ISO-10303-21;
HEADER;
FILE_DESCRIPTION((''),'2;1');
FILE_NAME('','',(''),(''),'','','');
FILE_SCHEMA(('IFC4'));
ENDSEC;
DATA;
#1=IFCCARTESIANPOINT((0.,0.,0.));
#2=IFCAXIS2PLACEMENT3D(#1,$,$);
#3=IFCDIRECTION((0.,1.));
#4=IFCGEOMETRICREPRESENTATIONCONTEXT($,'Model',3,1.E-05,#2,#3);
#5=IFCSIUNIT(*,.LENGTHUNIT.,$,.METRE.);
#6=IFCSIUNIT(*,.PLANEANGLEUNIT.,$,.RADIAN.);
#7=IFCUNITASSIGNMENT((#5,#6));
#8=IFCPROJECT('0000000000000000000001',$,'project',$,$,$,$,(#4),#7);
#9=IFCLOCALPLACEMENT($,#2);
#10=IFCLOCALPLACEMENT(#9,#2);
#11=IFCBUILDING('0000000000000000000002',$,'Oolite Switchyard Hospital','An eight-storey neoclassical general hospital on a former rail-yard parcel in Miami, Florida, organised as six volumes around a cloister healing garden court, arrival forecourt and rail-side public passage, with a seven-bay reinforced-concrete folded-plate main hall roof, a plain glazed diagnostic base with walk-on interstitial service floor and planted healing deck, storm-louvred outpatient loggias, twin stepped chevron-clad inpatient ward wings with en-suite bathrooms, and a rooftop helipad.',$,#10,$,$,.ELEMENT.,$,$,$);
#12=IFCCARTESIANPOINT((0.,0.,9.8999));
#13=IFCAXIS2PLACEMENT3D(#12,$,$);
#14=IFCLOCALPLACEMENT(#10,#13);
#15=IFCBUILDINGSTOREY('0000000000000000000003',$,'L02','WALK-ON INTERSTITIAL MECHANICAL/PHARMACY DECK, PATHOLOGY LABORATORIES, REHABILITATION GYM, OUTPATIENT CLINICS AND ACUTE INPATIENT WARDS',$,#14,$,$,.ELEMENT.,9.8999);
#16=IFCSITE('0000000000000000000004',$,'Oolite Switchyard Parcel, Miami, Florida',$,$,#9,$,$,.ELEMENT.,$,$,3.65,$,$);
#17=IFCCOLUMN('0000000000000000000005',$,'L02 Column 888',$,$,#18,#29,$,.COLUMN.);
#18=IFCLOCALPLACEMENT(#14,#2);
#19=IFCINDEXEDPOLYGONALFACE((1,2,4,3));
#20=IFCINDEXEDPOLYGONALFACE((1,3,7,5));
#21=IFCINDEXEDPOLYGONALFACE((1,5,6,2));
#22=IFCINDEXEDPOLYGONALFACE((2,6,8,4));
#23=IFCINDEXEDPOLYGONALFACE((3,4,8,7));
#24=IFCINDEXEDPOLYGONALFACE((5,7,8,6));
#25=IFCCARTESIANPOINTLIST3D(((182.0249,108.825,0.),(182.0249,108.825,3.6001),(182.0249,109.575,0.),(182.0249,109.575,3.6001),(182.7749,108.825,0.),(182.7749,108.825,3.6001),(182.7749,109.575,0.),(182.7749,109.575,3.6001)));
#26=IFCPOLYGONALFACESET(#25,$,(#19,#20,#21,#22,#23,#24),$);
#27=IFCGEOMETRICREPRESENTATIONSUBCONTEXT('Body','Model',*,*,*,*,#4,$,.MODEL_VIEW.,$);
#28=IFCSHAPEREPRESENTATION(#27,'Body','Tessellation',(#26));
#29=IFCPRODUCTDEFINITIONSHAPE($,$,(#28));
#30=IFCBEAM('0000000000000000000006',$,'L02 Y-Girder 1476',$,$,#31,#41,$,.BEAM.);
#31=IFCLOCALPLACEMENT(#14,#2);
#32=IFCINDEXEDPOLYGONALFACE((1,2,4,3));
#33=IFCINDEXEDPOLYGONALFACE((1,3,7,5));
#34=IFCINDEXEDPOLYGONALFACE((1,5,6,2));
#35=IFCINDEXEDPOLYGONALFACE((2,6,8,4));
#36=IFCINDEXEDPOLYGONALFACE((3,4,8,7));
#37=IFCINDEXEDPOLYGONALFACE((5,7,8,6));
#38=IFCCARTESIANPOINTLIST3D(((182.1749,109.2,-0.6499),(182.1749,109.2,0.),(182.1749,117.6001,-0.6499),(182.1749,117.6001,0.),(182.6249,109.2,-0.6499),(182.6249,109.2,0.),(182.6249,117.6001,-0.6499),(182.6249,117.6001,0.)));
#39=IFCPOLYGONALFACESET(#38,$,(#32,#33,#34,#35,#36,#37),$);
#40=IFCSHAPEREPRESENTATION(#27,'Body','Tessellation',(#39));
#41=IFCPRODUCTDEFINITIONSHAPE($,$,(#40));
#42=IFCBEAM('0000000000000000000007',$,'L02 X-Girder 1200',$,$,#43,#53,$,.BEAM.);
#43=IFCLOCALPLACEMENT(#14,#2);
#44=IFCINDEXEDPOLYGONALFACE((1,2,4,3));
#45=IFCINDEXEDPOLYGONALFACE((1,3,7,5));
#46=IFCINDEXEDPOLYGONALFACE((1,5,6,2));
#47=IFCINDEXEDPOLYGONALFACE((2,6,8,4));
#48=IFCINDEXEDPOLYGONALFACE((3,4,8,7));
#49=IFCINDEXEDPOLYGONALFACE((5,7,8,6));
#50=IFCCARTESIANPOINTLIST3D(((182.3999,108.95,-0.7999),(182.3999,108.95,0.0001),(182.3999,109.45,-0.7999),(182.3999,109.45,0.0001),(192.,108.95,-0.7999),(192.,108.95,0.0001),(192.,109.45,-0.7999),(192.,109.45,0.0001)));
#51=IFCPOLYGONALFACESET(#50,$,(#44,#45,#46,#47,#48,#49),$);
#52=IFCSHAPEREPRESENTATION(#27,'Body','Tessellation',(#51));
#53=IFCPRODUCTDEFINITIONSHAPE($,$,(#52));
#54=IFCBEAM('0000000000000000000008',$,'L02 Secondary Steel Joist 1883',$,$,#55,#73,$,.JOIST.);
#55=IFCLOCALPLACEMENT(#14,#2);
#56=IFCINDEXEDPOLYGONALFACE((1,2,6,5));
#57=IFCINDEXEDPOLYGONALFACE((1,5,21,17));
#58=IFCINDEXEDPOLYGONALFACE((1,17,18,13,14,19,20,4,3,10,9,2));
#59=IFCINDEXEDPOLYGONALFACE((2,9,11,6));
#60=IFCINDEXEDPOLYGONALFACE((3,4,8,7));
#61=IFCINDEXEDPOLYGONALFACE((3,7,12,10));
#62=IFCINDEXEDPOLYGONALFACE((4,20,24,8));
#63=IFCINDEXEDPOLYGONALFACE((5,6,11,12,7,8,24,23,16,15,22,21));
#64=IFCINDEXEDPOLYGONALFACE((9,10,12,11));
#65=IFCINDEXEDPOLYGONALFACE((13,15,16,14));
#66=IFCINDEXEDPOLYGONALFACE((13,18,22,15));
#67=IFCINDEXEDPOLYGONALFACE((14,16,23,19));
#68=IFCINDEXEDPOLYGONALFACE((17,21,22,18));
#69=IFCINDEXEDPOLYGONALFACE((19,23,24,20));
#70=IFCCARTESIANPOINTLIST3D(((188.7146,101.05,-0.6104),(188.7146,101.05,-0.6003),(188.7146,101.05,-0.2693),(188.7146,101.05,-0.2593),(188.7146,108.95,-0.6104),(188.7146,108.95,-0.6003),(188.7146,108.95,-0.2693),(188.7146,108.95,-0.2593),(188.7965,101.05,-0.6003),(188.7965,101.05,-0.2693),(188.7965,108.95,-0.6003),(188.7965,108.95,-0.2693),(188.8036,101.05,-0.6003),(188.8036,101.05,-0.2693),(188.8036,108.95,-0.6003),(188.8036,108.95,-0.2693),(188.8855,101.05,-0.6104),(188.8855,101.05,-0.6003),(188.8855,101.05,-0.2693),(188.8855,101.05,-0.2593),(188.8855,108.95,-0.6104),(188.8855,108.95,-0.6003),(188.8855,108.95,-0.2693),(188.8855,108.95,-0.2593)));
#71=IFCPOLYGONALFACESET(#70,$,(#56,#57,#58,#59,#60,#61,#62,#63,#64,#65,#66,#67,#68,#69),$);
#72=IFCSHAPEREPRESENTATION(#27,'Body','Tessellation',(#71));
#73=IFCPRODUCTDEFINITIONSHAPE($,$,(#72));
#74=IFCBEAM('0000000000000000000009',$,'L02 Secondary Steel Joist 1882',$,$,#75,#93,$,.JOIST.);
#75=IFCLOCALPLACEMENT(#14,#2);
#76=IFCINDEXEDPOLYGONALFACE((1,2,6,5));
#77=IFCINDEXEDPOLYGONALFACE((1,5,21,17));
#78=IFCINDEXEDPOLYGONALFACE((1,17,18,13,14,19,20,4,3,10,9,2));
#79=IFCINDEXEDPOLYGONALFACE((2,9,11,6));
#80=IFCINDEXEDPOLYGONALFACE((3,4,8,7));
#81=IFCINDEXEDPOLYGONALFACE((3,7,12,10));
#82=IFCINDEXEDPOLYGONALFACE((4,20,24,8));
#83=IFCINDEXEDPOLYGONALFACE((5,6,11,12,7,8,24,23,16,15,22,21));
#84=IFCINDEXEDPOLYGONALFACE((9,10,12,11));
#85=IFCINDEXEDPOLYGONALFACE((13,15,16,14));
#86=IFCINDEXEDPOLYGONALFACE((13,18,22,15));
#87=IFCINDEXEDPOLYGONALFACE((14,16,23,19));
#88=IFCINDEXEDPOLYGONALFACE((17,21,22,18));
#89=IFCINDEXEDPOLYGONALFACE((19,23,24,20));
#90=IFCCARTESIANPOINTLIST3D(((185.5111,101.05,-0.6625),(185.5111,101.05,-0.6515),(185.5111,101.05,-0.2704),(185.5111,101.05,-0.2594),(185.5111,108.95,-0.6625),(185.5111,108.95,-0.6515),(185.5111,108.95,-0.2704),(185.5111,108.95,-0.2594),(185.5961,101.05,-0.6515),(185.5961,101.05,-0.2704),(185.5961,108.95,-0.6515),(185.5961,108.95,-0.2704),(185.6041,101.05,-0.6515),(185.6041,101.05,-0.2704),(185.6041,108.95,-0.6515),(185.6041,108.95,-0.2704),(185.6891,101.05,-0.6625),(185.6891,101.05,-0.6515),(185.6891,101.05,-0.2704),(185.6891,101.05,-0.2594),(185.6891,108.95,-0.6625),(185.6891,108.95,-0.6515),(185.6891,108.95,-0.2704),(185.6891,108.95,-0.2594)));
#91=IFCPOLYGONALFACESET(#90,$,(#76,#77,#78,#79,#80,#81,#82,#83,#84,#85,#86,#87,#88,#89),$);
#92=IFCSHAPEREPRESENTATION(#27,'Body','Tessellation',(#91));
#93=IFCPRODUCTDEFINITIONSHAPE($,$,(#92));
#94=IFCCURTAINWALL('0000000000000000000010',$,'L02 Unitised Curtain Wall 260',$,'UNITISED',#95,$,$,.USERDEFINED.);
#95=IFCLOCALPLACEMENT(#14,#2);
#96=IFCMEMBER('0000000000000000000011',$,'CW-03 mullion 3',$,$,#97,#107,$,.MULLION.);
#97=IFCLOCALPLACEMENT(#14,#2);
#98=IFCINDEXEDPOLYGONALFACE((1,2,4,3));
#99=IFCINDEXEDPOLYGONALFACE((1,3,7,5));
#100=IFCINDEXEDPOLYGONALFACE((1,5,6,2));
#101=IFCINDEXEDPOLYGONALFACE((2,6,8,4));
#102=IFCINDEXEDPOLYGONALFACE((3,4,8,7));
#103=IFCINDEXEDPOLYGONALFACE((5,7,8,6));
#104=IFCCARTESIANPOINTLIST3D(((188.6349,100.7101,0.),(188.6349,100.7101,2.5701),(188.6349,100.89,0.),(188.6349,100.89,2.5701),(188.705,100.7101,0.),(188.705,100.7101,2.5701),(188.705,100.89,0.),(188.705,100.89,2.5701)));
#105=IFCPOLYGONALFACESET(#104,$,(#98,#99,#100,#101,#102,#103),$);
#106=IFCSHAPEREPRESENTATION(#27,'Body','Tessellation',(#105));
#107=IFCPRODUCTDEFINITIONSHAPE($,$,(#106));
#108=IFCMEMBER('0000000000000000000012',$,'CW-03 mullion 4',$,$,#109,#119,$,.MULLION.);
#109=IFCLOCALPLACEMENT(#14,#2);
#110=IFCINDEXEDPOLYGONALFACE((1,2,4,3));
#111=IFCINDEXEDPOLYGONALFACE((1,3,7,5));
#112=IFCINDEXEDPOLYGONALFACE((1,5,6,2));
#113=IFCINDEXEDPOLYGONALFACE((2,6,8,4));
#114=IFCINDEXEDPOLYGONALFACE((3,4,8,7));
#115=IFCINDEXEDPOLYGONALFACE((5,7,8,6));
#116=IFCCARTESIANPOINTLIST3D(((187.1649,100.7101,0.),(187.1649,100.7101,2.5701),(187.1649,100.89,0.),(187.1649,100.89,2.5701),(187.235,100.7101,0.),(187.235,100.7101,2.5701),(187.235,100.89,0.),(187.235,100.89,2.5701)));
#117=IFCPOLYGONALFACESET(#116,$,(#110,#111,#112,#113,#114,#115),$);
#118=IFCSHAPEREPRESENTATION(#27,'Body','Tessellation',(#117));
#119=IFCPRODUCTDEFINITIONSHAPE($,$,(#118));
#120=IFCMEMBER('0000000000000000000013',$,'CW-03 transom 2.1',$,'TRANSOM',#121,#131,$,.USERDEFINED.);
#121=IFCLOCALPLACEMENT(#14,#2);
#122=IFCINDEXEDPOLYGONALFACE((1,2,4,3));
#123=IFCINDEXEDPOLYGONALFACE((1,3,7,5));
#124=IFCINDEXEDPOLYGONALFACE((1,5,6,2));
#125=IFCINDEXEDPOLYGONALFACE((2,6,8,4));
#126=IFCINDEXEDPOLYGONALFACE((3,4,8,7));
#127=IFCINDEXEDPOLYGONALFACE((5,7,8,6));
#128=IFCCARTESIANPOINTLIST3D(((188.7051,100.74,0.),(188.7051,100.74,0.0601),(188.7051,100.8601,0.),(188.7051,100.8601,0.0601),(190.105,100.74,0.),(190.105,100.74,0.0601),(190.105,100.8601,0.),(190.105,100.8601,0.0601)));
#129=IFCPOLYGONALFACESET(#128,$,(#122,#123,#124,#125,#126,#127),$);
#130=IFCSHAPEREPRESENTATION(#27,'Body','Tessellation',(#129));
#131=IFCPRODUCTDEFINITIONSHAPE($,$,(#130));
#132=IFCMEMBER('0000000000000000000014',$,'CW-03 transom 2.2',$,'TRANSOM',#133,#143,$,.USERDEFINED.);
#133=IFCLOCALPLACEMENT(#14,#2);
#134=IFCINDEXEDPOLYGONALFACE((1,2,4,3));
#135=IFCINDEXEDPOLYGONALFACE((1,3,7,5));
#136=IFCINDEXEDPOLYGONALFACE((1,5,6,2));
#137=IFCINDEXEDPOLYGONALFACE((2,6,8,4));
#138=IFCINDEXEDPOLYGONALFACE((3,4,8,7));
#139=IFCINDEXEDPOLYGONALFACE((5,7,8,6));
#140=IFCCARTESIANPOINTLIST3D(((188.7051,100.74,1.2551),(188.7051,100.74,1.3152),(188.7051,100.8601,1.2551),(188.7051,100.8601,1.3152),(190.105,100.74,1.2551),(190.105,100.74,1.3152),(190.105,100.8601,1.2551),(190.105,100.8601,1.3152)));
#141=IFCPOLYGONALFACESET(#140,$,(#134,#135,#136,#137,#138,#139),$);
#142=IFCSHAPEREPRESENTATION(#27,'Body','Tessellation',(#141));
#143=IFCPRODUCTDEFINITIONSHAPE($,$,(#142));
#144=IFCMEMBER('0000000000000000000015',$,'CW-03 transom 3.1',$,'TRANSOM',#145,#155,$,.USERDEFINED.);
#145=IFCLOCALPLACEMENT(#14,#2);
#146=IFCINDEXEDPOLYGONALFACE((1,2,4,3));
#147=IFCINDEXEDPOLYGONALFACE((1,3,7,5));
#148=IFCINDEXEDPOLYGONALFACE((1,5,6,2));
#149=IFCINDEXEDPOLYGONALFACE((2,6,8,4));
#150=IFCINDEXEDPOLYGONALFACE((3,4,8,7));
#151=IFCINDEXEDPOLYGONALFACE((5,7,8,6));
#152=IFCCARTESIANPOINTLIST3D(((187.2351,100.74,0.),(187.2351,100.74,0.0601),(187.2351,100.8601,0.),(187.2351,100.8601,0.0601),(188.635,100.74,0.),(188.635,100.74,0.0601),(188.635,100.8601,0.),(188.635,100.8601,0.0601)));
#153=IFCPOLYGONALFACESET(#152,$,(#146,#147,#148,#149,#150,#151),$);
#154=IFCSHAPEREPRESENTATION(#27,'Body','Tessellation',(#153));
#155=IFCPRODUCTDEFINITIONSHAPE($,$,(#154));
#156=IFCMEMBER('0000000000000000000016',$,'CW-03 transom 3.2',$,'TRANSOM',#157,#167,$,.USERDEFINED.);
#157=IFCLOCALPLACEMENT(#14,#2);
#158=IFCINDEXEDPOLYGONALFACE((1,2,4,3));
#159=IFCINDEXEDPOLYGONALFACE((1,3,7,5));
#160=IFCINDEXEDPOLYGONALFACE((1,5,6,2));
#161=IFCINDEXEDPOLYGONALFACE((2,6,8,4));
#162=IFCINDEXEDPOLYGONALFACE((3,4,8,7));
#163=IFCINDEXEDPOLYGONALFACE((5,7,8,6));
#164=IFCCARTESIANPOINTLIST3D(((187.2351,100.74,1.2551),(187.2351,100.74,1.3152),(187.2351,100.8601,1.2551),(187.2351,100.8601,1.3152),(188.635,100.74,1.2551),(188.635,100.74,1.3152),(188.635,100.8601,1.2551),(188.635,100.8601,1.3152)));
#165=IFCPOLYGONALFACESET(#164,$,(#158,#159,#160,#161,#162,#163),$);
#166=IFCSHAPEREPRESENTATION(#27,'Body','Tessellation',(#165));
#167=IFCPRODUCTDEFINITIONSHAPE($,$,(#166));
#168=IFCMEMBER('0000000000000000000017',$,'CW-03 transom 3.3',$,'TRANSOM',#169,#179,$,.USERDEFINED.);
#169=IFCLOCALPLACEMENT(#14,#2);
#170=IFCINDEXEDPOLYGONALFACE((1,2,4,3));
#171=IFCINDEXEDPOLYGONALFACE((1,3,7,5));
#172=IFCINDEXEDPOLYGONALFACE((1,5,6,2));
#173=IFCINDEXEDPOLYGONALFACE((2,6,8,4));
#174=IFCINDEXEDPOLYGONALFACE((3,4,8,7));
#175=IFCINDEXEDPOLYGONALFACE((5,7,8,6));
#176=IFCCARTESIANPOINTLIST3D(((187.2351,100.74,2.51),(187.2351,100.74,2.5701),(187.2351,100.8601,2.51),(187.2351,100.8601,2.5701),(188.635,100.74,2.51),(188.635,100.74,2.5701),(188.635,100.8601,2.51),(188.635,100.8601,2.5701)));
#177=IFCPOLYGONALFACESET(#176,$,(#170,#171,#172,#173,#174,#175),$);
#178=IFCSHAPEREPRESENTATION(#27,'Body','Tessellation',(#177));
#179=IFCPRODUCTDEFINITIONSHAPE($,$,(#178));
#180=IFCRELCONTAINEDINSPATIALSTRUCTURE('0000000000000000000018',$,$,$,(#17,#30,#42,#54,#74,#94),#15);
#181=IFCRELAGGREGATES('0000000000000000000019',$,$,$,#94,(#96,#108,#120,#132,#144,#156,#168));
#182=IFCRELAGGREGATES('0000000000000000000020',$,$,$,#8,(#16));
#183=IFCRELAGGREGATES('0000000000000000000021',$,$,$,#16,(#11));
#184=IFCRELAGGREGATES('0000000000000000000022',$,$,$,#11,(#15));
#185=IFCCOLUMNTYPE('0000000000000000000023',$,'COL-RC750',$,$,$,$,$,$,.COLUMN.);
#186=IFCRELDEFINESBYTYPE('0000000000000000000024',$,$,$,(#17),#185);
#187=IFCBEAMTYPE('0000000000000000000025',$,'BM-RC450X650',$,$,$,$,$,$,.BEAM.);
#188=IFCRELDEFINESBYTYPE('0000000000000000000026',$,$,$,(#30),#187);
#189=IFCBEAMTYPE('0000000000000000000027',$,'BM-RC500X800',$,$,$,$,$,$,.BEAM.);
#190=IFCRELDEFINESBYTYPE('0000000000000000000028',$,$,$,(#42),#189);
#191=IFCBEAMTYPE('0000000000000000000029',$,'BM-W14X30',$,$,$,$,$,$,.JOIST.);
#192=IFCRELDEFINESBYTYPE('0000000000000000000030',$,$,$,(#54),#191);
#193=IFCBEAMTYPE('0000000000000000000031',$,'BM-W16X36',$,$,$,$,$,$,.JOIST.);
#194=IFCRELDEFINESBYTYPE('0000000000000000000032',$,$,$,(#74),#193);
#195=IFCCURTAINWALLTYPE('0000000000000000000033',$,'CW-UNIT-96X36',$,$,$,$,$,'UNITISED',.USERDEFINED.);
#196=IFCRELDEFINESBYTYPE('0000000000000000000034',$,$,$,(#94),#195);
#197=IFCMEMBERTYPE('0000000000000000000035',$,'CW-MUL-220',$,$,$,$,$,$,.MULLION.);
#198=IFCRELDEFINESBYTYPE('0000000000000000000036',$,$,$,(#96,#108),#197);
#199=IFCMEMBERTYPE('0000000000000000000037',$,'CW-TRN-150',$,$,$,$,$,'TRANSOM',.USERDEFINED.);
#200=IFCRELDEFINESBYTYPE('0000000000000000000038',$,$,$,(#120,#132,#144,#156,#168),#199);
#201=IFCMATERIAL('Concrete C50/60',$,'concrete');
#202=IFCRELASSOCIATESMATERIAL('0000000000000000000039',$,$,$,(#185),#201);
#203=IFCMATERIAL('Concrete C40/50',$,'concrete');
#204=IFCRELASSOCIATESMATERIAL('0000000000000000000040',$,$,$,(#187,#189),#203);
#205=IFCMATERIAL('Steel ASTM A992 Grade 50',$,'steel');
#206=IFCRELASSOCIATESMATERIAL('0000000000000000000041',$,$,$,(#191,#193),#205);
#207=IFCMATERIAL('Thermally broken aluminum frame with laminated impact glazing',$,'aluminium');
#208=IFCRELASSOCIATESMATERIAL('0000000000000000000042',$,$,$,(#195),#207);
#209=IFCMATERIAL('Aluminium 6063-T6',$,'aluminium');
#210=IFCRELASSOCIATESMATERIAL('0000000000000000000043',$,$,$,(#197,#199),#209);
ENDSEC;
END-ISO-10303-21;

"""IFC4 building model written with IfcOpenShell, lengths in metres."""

from ifc_helpers import new_model, si_unit, direction, frame, origin, origin_2d, place, context, subcontext, project, spatial, rectangle, i_section, extrude, material, material_profile, profile_set, type_object, element, aggregate, save


model = new_model("IFC4")

# Units and contexts
model_context = context("Model", 3, precision=1e-05, world=origin(), true_north=direction((0.0, 1.0)))
body_context = subcontext(model_context, "Body", "Model", "MODEL_VIEW")
ifc_project = project(units=[si_unit("LENGTHUNIT", "METRE"), si_unit("PLANEANGLEUNIT", "RADIAN")], contexts=[model_context])

# Site, building, storey
site_placement = place(None, origin())
site = spatial("IfcSite", under=ifc_project, at=site_placement, Name="Oolite Switchyard Parcel, Miami, Florida", CompositionType="ELEMENT", RefElevation=3.65)
building_placement = place(site_placement, origin())
building = spatial("IfcBuilding", under=site, at=building_placement, Name="Oolite Switchyard Hospital", Description="An eight-storey neoclassical general hospital on a former rail-yard parcel in Miami, Florida, organised as six volumes around a cloister healing garden court, arrival forecourt and rail-side public passage, with a seven-bay reinforced-concrete folded-plate main hall roof, a plain glazed diagnostic base with walk-on interstitial service floor and planted healing deck, storm-louvred outpatient loggias, twin stepped chevron-clad inpatient ward wings with en-suite bathrooms, and a rooftop helipad.", CompositionType="ELEMENT")
storey_placement = place(building_placement, frame((0.0, 0.0, 9.8999)))
storey = spatial("IfcBuildingStorey", under=building, at=storey_placement, Name="L02", Description="WALK-ON INTERSTITIAL MECHANICAL/PHARMACY DECK, PATHOLOGY LABORATORIES, REHABILITATION GYM, OUTPATIENT CLINICS AND ACUTE INPATIENT WARDS", CompositionType="ELEMENT", Elevation=9.8999)

# Column
ifc_material_1 = material(Name="Concrete C50/60", Category="concrete")
ifc_material_profile_1 = material_profile(ifc_material_1, rectangle(XDim=0.75, YDim=0.75, at=origin_2d()), Name="RC750X750")
ifc_profile_set_1 = profile_set([ifc_material_profile_1], Name="Concrete C50/60")
column_type = type_object("IfcColumnType", Name="COL-RC750", PredefinedType="COLUMN", material=ifc_profile_set_1)
column_placement = place(storey_placement, frame((182.3999, 109.2, 0.0), z_axis=(0.0, 0.0, 1.0), x_axis=(1.0, 0.0, 0.0)))
element("IfcColumn", 1, at=column_placement, inside=storey, type_object=column_type, Name="L02 Column 888", PredefinedType="COLUMN", context=body_context, shape_type="SweptSolid", body=[
    extrude(rectangle(XDim=0.75, YDim=0.75, at=origin_2d()), origin(), (0.0, 0.0, 1.0), 3.6001),
])

# Beams
ifc_material_2 = material(Name="Concrete C40/50", Category="concrete")
ifc_material_profile_2 = material_profile(ifc_material_2, rectangle(XDim=0.45, YDim=0.6499, at=origin_2d()), Name="RCB450X650")
ifc_profile_set_2 = profile_set([ifc_material_profile_2], Name="Concrete C40/50")
beam_type_1 = type_object("IfcBeamType", Name="BM-RC450X650", PredefinedType="BEAM", material=ifc_profile_set_2)
beam_1_placement = place(storey_placement, frame((182.3999, 109.2, -0.325), z_axis=(0.0, 1.0, 0.0), x_axis=(-1.0, 0.0, 0.0)))
element("IfcBeam", 2, at=beam_1_placement, inside=storey, type_object=beam_type_1, Name="L02 Y-Girder 1476", PredefinedType="BEAM", context=body_context, shape_type="SweptSolid", body=[
    extrude(rectangle(XDim=0.45, YDim=0.6499, at=origin_2d()), origin(), (0.0, 0.0, 1.0), 8.4001),
])
ifc_material_profile_3 = material_profile(ifc_material_2, rectangle(XDim=0.5, YDim=0.8, at=origin_2d()), Name="RCB500X800")
ifc_profile_set_3 = profile_set([ifc_material_profile_3], Name="Concrete C40/50")
beam_type_2 = type_object("IfcBeamType", Name="BM-RC500X800", PredefinedType="BEAM", material=ifc_profile_set_3)
beam_2_placement = place(storey_placement, frame((182.3999, 109.2, -0.3999), z_axis=(1.0, 0.0, 0.0), x_axis=(0.0, 1.0, 0.0)))
element("IfcBeam", 3, at=beam_2_placement, inside=storey, type_object=beam_type_2, Name="L02 X-Girder 1200", PredefinedType="BEAM", context=body_context, shape_type="SweptSolid", body=[
    extrude(rectangle(XDim=0.5, YDim=0.8, at=origin_2d()), origin(), (0.0, 0.0, 1.0), 9.6001),
])
ifc_material_3 = material(Name="Steel ASTM A992 Grade 50", Category="steel")
ifc_material_profile_4 = material_profile(ifc_material_3, i_section(OverallWidth=0.1709, OverallDepth=0.3511, WebThickness=0.0071, FlangeThickness=0.01, at=origin_2d()), Name="W14X30")
ifc_profile_set_4 = profile_set([ifc_material_profile_4], Name="Steel ASTM A992 Grade 50")
beam_type_3 = type_object("IfcBeamType", Name="BM-W14X30", PredefinedType="JOIST", material=ifc_profile_set_4)
beam_3_placement = place(storey_placement, frame((188.8, 101.05, -0.4348), z_axis=(0.0, 1.0, 0.0), x_axis=(-1.0, 0.0, 0.0)))
element("IfcBeam", 4, at=beam_3_placement, inside=storey, type_object=beam_type_3, Name="L02 Secondary Steel Joist 1883", PredefinedType="JOIST", context=body_context, shape_type="SweptSolid", body=[
    extrude(i_section(OverallWidth=0.1709, OverallDepth=0.3511, WebThickness=0.0071, FlangeThickness=0.01, at=origin_2d()), origin(), (0.0, 0.0, 1.0), 7.8999),
])
ifc_material_profile_5 = material_profile(ifc_material_3, i_section(OverallWidth=0.178, OverallDepth=0.4031, WebThickness=0.0081, FlangeThickness=0.011, at=origin_2d()), Name="W16X36")
ifc_profile_set_5 = profile_set([ifc_material_profile_5], Name="Steel ASTM A992 Grade 50")
beam_type_4 = type_object("IfcBeamType", Name="BM-W16X36", PredefinedType="JOIST", material=ifc_profile_set_5)
beam_4_placement = place(storey_placement, frame((185.6001, 101.05, -0.4609), z_axis=(0.0, 1.0, 0.0), x_axis=(-1.0, 0.0, 0.0)))
element("IfcBeam", 5, at=beam_4_placement, inside=storey, type_object=beam_type_4, Name="L02 Secondary Steel Joist 1882", PredefinedType="JOIST", context=body_context, shape_type="SweptSolid", body=[
    extrude(i_section(OverallWidth=0.178, OverallDepth=0.4031, WebThickness=0.0081, FlangeThickness=0.011, at=origin_2d()), origin(), (0.0, 0.0, 1.0), 7.8999),
])

# Curtain wall, members
ifc_material_4 = material(Name="Thermally broken aluminum frame with laminated impact glazing", Category="aluminium")
curtain_wall_type = type_object("IfcCurtainWallType", Name="CW-UNIT-96X36", ElementType="UNITISED", PredefinedType="USERDEFINED", material=ifc_material_4)
curtain_wall_placement = place(storey_placement, origin())
curtain_wall = element("IfcCurtainWall", 6, at=curtain_wall_placement, inside=storey, type_object=curtain_wall_type, Name="L02 Unitised Curtain Wall 260", ObjectType="UNITISED", PredefinedType="USERDEFINED")
ifc_material_5 = material(Name="Aluminium 6063-T6", Category="aluminium")
ifc_material_profile_6 = material_profile(ifc_material_5, rectangle(XDim=0.1799, YDim=0.0701, at=origin_2d()), Name="CWM70X180")
ifc_profile_set_6 = profile_set([ifc_material_profile_6], Name="Aluminium 6063-T6")
member_type_1 = type_object("IfcMemberType", Name="CW-MUL-220", PredefinedType="MULLION", material=ifc_profile_set_6)
member_1_placement = place(storey_placement, frame((188.6699, 100.8, 0.0), z_axis=(0.0, 0.0, 1.0), x_axis=(0.0, -1.0, 0.0)))
member_1 = element("IfcMember", 7, at=member_1_placement, type_object=member_type_1, Name="CW-03 mullion 3", PredefinedType="MULLION", context=body_context, shape_type="SweptSolid", body=[
    extrude(rectangle(XDim=0.1799, YDim=0.0701, at=origin_2d()), origin(), (0.0, 0.0, 1.0), 2.5701),
])
member_2_placement = place(storey_placement, frame((187.2, 100.8, 0.0), z_axis=(0.0, 0.0, 1.0), x_axis=(0.0, -1.0, 0.0)))
member_2 = element("IfcMember", 8, at=member_2_placement, type_object=member_type_1, Name="CW-03 mullion 4", PredefinedType="MULLION", context=body_context, shape_type="SweptSolid", body=[
    extrude(rectangle(XDim=0.1799, YDim=0.0701, at=origin_2d()), origin(), (0.0, 0.0, 1.0), 2.5701),
])
ifc_material_profile_7 = material_profile(ifc_material_5, rectangle(XDim=0.1201, YDim=0.0601, at=origin_2d()), Name="CWT60X120")
ifc_profile_set_7 = profile_set([ifc_material_profile_7], Name="Aluminium 6063-T6")
member_type_2 = type_object("IfcMemberType", Name="CW-TRN-150", ElementType="TRANSOM", PredefinedType="USERDEFINED", material=ifc_profile_set_7)
member_3_placement = place(storey_placement, frame((190.105, 100.8, 0.03), z_axis=(-1.0, 0.0, 0.0), x_axis=(0.0, -1.0, 0.0)))
member_3 = element("IfcMember", 9, at=member_3_placement, type_object=member_type_2, Name="CW-03 transom 2.1", ObjectType="TRANSOM", PredefinedType="USERDEFINED", context=body_context, shape_type="SweptSolid", body=[
    extrude(rectangle(XDim=0.1201, YDim=0.0601, at=origin_2d()), origin(), (0.0, 0.0, 1.0), 1.3999),
])
member_4_placement = place(storey_placement, frame((190.105, 100.8, 1.2852), z_axis=(-1.0, 0.0, 0.0), x_axis=(0.0, -1.0, 0.0)))
member_4 = element("IfcMember", 10, at=member_4_placement, type_object=member_type_2, Name="CW-03 transom 2.2", ObjectType="TRANSOM", PredefinedType="USERDEFINED", context=body_context, shape_type="SweptSolid", body=[
    extrude(rectangle(XDim=0.1201, YDim=0.0601, at=origin_2d()), origin(), (0.0, 0.0, 1.0), 1.3999),
])
member_5_placement = place(storey_placement, frame((188.635, 100.8, 0.03), z_axis=(-1.0, 0.0, 0.0), x_axis=(0.0, -1.0, 0.0)))
member_5 = element("IfcMember", 11, at=member_5_placement, type_object=member_type_2, Name="CW-03 transom 3.1", ObjectType="TRANSOM", PredefinedType="USERDEFINED", context=body_context, shape_type="SweptSolid", body=[
    extrude(rectangle(XDim=0.1201, YDim=0.0601, at=origin_2d()), origin(), (0.0, 0.0, 1.0), 1.3999),
])
member_6_placement = place(storey_placement, frame((188.635, 100.8, 1.2852), z_axis=(-1.0, 0.0, 0.0), x_axis=(0.0, -1.0, 0.0)))
member_6 = element("IfcMember", 12, at=member_6_placement, type_object=member_type_2, Name="CW-03 transom 3.2", ObjectType="TRANSOM", PredefinedType="USERDEFINED", context=body_context, shape_type="SweptSolid", body=[
    extrude(rectangle(XDim=0.1201, YDim=0.0601, at=origin_2d()), origin(), (0.0, 0.0, 1.0), 1.3999),
])
member_7_placement = place(storey_placement, frame((188.635, 100.8, 2.54), z_axis=(-1.0, 0.0, 0.0), x_axis=(0.0, -1.0, 0.0)))
member_7 = element("IfcMember", 13, at=member_7_placement, type_object=member_type_2, Name="CW-03 transom 3.3", ObjectType="TRANSOM", PredefinedType="USERDEFINED", context=body_context, shape_type="SweptSolid", body=[
    extrude(rectangle(XDim=0.1201, YDim=0.0601, at=origin_2d()), origin(), (0.0, 0.0, 1.0), 1.3999),
])
aggregate(curtain_wall, [member_1, member_2, member_3, member_4, member_5, member_6, member_7])

save(model, "model.ifc")
